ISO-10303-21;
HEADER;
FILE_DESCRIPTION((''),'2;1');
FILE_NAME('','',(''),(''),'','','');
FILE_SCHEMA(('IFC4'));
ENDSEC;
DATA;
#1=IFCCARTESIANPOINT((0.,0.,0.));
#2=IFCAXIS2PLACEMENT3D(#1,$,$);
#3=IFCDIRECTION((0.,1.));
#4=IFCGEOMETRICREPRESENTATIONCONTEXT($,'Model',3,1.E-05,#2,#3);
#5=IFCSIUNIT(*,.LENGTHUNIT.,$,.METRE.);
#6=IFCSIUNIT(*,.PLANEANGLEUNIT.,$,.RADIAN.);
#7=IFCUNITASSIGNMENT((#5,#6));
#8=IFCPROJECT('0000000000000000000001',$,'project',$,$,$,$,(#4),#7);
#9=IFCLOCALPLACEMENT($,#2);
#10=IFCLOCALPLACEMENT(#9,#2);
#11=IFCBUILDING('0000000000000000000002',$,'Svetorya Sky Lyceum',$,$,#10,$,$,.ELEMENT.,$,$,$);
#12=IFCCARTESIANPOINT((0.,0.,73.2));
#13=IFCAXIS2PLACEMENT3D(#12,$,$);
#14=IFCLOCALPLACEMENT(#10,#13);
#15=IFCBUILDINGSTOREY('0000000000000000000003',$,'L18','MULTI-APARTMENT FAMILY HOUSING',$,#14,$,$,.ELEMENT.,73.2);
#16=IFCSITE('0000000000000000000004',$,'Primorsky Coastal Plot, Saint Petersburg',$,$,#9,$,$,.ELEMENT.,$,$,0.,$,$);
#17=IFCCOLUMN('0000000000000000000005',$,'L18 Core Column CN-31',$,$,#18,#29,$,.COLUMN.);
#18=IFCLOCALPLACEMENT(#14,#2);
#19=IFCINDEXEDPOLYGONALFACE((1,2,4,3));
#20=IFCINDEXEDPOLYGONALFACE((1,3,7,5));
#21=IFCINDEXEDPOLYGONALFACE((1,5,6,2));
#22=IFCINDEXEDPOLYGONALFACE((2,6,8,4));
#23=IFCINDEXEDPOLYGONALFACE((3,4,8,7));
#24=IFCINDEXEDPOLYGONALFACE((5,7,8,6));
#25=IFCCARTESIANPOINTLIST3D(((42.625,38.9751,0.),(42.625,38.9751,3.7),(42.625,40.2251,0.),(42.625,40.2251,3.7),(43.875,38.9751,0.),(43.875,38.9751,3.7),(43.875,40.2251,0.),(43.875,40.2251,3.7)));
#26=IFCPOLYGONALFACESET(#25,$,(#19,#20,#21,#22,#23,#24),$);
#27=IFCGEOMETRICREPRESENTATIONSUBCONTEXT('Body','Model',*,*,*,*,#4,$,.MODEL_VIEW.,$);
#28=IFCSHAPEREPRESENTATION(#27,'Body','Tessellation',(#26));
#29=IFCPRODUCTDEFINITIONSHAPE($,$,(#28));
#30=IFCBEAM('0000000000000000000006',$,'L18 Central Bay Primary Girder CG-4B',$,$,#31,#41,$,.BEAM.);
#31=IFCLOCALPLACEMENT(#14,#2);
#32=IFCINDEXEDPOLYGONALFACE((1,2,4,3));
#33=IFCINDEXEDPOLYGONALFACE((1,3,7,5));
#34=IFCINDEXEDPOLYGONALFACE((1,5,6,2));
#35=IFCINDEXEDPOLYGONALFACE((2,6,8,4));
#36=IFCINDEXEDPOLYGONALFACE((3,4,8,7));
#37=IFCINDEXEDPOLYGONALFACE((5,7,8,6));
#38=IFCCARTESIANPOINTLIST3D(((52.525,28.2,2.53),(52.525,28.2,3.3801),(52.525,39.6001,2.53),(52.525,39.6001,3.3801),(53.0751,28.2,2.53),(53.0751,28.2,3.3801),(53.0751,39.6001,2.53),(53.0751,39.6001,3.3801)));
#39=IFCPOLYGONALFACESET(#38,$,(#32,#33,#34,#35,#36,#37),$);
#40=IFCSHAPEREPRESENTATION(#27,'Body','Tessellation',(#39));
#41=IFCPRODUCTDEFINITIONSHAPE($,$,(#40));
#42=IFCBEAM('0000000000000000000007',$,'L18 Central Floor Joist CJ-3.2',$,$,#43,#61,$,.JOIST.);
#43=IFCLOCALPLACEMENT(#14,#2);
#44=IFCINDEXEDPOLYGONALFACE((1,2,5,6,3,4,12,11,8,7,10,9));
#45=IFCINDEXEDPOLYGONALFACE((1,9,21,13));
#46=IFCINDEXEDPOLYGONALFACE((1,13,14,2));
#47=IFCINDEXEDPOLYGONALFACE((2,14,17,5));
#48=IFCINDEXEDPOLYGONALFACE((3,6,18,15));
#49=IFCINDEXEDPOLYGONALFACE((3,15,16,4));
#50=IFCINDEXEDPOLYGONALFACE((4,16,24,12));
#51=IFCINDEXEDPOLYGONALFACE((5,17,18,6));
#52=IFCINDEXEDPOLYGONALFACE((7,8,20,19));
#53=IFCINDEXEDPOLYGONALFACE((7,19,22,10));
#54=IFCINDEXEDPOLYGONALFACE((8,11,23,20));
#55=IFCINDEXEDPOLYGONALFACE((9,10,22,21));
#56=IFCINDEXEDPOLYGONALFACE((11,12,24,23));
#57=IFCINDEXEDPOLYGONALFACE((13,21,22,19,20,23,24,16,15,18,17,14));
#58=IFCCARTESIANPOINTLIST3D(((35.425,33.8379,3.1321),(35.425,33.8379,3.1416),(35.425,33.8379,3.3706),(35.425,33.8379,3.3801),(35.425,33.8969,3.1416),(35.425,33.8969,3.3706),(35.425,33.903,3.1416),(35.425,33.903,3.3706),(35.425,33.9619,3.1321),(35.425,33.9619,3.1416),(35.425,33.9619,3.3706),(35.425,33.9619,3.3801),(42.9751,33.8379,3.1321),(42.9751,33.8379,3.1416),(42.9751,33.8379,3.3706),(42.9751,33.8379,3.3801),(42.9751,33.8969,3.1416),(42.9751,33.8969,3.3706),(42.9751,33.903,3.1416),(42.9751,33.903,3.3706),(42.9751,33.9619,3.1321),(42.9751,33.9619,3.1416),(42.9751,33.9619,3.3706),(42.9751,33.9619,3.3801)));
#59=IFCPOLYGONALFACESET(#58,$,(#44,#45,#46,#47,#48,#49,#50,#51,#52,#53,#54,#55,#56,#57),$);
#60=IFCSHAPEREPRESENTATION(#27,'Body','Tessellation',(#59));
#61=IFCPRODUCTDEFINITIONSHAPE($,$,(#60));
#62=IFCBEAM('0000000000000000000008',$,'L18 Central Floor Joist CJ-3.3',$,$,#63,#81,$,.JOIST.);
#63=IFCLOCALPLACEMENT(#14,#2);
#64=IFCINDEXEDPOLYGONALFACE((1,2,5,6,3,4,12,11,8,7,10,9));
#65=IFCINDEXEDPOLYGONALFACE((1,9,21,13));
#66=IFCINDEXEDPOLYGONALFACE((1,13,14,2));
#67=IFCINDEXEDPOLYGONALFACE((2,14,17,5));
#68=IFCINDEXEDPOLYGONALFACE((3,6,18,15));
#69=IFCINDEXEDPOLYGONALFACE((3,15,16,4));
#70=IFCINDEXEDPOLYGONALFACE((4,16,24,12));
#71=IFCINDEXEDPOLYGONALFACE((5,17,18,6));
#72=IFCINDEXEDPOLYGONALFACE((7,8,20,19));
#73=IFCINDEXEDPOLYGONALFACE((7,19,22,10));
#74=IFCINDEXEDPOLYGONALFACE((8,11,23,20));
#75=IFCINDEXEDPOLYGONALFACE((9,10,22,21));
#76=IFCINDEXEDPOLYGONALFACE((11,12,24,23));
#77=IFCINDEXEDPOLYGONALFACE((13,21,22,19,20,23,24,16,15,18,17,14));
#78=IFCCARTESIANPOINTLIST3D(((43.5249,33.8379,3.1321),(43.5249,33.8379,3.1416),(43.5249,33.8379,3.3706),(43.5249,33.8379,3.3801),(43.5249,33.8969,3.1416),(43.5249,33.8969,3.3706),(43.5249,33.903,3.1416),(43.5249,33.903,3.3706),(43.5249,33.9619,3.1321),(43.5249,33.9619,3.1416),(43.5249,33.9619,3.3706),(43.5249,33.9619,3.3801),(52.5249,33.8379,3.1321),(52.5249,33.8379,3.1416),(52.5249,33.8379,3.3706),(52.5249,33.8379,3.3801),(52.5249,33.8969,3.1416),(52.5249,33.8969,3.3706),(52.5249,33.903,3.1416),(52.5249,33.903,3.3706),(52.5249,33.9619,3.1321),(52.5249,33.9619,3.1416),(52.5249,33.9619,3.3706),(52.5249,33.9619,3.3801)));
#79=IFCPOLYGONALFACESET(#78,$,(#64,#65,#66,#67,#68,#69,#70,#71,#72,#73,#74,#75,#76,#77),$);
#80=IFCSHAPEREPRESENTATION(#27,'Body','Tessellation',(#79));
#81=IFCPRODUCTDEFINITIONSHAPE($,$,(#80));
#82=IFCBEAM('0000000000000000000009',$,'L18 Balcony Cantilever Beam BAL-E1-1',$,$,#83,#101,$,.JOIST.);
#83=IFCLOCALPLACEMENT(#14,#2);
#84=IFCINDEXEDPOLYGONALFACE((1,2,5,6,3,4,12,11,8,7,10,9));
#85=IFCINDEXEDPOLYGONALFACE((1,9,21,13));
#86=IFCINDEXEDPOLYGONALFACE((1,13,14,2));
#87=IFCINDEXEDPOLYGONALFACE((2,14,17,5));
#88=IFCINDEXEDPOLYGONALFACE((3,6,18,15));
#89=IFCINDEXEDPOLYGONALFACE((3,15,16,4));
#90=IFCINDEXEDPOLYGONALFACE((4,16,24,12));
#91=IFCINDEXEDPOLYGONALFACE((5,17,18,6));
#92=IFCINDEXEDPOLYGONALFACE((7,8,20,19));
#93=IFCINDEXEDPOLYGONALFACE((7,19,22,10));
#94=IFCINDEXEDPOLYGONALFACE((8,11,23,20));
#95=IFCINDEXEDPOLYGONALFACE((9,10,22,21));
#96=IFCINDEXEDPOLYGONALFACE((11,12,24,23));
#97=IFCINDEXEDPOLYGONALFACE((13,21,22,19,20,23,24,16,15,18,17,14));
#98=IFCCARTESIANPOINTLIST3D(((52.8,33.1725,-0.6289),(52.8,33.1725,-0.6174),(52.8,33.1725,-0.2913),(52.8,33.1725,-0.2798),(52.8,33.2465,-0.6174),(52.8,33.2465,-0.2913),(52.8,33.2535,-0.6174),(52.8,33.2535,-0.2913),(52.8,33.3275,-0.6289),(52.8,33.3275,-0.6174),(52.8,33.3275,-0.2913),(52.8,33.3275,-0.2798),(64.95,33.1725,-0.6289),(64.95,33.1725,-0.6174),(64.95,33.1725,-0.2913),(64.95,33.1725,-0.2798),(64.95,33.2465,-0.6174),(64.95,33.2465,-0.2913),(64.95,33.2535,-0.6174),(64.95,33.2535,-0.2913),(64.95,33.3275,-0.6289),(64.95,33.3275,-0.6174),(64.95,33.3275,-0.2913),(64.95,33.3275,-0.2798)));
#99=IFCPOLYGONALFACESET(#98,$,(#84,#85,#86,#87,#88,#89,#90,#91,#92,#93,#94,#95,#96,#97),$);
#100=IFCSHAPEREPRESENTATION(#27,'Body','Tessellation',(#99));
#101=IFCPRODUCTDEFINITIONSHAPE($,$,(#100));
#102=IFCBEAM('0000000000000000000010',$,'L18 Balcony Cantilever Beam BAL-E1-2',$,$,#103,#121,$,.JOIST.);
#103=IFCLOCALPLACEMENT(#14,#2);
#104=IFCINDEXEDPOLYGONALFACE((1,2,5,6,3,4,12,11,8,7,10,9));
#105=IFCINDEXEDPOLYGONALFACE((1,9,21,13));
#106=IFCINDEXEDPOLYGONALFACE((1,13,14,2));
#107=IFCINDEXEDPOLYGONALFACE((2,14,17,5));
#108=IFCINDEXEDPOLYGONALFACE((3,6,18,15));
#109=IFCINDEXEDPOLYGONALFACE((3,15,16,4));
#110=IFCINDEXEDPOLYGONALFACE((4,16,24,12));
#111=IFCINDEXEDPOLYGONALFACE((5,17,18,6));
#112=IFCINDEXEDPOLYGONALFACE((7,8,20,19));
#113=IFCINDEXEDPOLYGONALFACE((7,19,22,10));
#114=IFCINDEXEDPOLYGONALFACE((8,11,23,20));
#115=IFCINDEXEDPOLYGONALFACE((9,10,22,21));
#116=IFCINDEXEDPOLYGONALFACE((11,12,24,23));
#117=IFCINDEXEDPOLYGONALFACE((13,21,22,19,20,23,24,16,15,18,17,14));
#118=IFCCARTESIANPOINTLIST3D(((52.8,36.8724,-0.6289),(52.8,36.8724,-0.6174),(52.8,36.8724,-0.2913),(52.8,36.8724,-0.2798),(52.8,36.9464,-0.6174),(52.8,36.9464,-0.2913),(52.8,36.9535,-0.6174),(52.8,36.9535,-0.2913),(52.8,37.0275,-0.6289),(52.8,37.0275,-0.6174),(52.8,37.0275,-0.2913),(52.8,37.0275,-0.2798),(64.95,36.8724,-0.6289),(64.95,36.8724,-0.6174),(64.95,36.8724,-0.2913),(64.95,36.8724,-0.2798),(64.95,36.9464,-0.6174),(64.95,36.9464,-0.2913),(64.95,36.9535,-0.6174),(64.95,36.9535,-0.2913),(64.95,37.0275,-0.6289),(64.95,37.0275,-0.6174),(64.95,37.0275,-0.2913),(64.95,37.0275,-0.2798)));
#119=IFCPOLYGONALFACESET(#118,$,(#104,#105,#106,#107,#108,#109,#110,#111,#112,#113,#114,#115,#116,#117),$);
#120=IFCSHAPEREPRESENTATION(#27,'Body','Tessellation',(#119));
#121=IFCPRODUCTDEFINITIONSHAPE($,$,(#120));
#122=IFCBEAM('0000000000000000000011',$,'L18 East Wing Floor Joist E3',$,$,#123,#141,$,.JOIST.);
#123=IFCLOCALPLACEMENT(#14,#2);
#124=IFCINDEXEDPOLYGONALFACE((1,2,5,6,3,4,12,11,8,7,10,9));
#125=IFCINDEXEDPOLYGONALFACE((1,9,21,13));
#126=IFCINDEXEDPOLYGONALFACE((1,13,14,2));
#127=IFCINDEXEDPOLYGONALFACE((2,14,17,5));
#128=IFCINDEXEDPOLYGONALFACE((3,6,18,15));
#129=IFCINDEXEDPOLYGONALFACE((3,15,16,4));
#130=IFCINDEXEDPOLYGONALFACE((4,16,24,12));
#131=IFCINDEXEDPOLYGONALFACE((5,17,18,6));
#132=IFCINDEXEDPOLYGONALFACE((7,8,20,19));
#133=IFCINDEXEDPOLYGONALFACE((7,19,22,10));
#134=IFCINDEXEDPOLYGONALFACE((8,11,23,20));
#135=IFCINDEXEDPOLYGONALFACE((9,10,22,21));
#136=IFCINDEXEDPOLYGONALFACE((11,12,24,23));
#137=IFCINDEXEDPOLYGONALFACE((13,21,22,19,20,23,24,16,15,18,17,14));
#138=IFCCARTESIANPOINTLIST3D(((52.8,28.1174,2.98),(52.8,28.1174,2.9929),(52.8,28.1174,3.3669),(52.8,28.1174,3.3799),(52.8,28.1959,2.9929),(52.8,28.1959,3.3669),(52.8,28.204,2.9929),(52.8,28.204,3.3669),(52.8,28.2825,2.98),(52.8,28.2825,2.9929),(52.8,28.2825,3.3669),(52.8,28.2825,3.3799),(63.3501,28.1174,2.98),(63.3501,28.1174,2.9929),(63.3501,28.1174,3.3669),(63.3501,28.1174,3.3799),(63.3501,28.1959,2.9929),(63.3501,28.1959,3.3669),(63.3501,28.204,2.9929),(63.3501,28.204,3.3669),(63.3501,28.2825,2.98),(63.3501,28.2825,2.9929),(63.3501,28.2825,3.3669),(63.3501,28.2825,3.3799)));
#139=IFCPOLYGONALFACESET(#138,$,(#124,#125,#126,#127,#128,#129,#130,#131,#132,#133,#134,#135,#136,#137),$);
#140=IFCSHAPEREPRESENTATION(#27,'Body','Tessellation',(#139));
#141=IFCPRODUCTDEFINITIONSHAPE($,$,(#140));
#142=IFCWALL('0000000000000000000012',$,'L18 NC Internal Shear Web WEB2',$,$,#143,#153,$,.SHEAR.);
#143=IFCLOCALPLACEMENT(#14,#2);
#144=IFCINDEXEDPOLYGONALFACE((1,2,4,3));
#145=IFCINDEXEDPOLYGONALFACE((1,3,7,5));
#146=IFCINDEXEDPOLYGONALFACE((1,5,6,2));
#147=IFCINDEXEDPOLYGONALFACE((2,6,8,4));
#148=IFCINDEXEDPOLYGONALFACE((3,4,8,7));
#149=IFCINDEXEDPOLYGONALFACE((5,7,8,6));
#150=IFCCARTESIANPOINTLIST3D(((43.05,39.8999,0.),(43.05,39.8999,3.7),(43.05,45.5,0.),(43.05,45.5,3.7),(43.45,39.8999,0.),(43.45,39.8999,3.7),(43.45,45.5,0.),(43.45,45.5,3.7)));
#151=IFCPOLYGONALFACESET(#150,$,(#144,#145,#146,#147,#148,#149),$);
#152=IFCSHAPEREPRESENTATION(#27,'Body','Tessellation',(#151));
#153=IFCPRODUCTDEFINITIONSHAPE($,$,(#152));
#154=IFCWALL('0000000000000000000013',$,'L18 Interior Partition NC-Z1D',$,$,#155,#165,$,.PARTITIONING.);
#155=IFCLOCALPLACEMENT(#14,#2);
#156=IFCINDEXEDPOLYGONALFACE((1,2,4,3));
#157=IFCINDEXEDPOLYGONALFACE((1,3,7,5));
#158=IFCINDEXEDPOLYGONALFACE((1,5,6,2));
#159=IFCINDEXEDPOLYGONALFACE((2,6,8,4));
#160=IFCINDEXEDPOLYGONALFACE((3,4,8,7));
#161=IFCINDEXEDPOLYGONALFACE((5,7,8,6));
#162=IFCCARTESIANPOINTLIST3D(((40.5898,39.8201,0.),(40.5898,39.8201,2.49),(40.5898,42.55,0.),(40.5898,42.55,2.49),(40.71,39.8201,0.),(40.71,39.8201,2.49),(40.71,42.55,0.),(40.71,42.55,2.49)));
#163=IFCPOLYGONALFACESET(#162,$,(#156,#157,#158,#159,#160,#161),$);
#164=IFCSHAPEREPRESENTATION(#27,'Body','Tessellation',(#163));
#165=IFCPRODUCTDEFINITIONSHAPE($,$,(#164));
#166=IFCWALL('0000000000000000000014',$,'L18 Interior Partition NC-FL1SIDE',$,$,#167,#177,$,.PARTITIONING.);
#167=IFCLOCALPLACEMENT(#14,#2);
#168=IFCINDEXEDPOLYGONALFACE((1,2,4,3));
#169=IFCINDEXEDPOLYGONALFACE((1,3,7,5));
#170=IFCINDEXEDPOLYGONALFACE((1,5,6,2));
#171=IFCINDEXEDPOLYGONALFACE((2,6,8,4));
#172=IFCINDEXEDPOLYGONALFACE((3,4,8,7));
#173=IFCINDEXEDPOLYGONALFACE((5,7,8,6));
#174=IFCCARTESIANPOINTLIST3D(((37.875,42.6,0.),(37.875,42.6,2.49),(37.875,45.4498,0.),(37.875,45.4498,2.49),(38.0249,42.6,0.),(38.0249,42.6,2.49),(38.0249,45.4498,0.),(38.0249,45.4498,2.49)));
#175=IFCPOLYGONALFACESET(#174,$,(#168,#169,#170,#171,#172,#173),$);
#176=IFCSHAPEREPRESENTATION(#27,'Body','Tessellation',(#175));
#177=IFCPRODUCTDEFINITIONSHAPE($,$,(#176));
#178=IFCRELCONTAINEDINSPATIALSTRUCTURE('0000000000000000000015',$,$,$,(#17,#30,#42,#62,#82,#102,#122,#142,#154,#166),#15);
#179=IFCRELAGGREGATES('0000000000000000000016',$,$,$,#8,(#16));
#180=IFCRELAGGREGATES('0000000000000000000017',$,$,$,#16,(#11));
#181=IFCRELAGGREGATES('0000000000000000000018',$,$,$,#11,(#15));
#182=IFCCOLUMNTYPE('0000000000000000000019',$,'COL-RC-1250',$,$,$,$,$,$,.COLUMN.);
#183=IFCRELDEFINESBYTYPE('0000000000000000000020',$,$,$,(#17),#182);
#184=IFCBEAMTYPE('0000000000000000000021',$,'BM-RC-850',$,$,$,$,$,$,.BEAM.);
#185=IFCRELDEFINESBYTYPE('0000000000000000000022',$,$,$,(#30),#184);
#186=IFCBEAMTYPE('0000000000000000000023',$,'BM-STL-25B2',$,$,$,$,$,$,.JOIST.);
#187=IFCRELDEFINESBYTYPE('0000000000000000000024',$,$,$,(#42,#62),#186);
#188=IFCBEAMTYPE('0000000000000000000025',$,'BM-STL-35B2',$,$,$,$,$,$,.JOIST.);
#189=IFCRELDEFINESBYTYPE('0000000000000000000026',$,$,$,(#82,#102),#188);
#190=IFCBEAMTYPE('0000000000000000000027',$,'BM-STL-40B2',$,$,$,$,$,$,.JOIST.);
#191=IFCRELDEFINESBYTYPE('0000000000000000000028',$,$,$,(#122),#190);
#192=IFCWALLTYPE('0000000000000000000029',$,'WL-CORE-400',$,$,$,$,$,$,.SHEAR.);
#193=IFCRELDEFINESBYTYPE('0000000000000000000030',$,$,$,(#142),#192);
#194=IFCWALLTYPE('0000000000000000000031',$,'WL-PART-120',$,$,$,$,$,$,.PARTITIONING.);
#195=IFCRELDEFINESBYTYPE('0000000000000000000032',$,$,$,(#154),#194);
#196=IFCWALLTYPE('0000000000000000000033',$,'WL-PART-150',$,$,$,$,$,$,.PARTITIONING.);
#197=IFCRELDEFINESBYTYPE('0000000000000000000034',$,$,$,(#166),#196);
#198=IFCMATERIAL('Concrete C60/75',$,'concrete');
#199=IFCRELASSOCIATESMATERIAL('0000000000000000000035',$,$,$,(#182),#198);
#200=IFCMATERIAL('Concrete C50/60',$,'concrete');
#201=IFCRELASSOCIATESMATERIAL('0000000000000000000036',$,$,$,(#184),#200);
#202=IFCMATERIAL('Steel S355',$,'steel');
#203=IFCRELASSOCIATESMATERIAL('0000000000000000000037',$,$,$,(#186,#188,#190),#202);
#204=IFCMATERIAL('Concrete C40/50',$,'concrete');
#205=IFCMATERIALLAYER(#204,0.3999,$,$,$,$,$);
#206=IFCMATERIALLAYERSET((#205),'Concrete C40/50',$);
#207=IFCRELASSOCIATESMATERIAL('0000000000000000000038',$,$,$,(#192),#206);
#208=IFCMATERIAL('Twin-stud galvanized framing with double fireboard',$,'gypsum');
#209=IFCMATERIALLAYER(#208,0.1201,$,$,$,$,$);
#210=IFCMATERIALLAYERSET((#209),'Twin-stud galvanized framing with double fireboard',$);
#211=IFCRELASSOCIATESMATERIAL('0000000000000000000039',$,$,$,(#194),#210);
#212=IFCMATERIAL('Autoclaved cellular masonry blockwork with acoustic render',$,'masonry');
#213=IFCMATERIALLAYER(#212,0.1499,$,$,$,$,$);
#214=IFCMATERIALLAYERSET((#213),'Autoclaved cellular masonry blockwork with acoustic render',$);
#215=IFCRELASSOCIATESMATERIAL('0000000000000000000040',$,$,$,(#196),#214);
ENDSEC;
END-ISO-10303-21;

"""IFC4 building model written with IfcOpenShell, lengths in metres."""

from ifc_helpers import new_model, si_unit, direction, frame, frame_2d, origin, origin_2d, place, context, subcontext, project, spatial, rectangle, i_section, extrude, material, layer, layer_set, material_profile, profile_set, type_object, element, save


model = new_model("IFC4")

# Units and contexts
model_context = context("Model", 3, precision=1e-05, world=origin(), true_north=direction((0.0, 1.0)))
body_context = subcontext(model_context, "Body", "Model", "MODEL_VIEW")
ifc_project = project(units=[si_unit("LENGTHUNIT", "METRE"), si_unit("PLANEANGLEUNIT", "RADIAN")], contexts=[model_context])

# Site, building, storey
site_placement = place(None, origin())
site = spatial("IfcSite", under=ifc_project, at=site_placement, Name="Primorsky Coastal Plot, Saint Petersburg", CompositionType="ELEMENT", RefElevation=0.0)
building_placement = place(site_placement, origin())
building = spatial("IfcBuilding", under=site, at=building_placement, Name="Svetorya Sky Lyceum", CompositionType="ELEMENT")
storey_placement = place(building_placement, frame((0.0, 0.0, 73.2)))
storey = spatial("IfcBuildingStorey", under=building, at=storey_placement, Name="L18", Description="MULTI-APARTMENT FAMILY HOUSING", CompositionType="ELEMENT", Elevation=73.2)

# Column
ifc_material_1 = material(Name="Concrete C60/75", Category="concrete")
ifc_material_profile_1 = material_profile(ifc_material_1, rectangle(XDim=1.25, YDim=1.25, at=origin_2d()), Name="RC COL 1250x1250")
ifc_profile_set_1 = profile_set([ifc_material_profile_1], Name="Concrete C60/75")
column_type = type_object("IfcColumnType", Name="COL-RC-1250", PredefinedType="COLUMN", material=ifc_profile_set_1)
column_placement = place(storey_placement, frame((43.25, 39.6001, 0.0), z_axis=(0.0, 0.0, 1.0), x_axis=(1.0, 0.0, 0.0)))
element("IfcColumn", 1, at=column_placement, inside=storey, type_object=column_type, Name="L18 Core Column CN-31", PredefinedType="COLUMN", context=body_context, shape_type="SweptSolid", body=[
    extrude(rectangle(XDim=1.25, YDim=1.25, at=origin_2d()), origin(), (0.0, 0.0, 1.0), 3.7),
])

# Beams
ifc_material_2 = material(Name="Concrete C50/60", Category="concrete")
ifc_material_profile_2 = material_profile(ifc_material_2, rectangle(XDim=0.55, YDim=0.8501, at=origin_2d()), Name="RC BEAM 550x850")
ifc_profile_set_2 = profile_set([ifc_material_profile_2], Name="Concrete C50/60")
beam_type_1 = type_object("IfcBeamType", Name="BM-RC-850", PredefinedType="BEAM", material=ifc_profile_set_2)
beam_1_placement = place(storey_placement, frame((52.8, 28.2, 2.9551), z_axis=(0.0, 1.0, 0.0), x_axis=(-1.0, 0.0, 0.0)))
element("IfcBeam", 2, at=beam_1_placement, inside=storey, type_object=beam_type_1, Name="L18 Central Bay Primary Girder CG-4B", PredefinedType="BEAM", context=body_context, shape_type="SweptSolid", body=[
    extrude(rectangle(XDim=0.55, YDim=0.8501, at=origin_2d()), origin(), (0.0, 0.0, 1.0), 11.4001),
])
ifc_material_3 = material(Name="Steel S355", Category="steel")
ifc_material_profile_3 = material_profile(ifc_material_3, i_section(OverallWidth=0.124, OverallDepth=0.248, WebThickness=0.0061, FlangeThickness=0.0095, at=origin_2d()), Name="GOST 25B2")
ifc_profile_set_3 = profile_set([ifc_material_profile_3], Name="Steel S355")
beam_type_2 = type_object("IfcBeamType", Name="BM-STL-25B2", PredefinedType="JOIST", material=ifc_profile_set_3)
beam_2_placement = place(storey_placement, frame((35.425, 33.8999, 3.2561), z_axis=(1.0, 0.0, 0.0), x_axis=(0.0, 1.0, 0.0)))
element("IfcBeam", 3, at=beam_2_placement, inside=storey, type_object=beam_type_2, Name="L18 Central Floor Joist CJ-3.2", PredefinedType="JOIST", context=body_context, shape_type="SweptSolid", body=[
    extrude(i_section(OverallWidth=0.124, OverallDepth=0.248, WebThickness=0.0061, FlangeThickness=0.0095, at=origin_2d()), origin(), (0.0, 0.0, 1.0), 7.55),
])
beam_3_placement = place(storey_placement, frame((43.5249, 33.8999, 3.2561), z_axis=(1.0, 0.0, 0.0), x_axis=(0.0, 1.0, 0.0)))
element("IfcBeam", 4, at=beam_3_placement, inside=storey, type_object=beam_type_2, Name="L18 Central Floor Joist CJ-3.3", PredefinedType="JOIST", context=body_context, shape_type="SweptSolid", body=[
    extrude(i_section(OverallWidth=0.124, OverallDepth=0.248, WebThickness=0.0061, FlangeThickness=0.0095, at=origin_2d()), origin(), (0.0, 0.0, 1.0), 9.0),
])
ifc_material_profile_4 = material_profile(ifc_material_3, i_section(OverallWidth=0.155, OverallDepth=0.3491, WebThickness=0.0071, FlangeThickness=0.0115, at=origin_2d()), Name="GOST 35B2")
ifc_profile_set_4 = profile_set([ifc_material_profile_4], Name="Steel S355")
beam_type_3 = type_object("IfcBeamType", Name="BM-STL-35B2", PredefinedType="JOIST", material=ifc_profile_set_4)
for number, where, z_axis, x_axis, name in (
    (5, (52.8, 33.25, -0.4543), (1.0, 0.0, 0.0), (0.0, 1.0, 0.0), "L18 Balcony Cantilever Beam BAL-E1-1"),
    (6, (52.8, 36.95, -0.4543), (1.0, 0.0, 0.0), (0.0, 1.0, 0.0), "L18 Balcony Cantilever Beam BAL-E1-2"),
):
    element("IfcBeam", number, at=place(storey_placement, frame(where, z_axis=z_axis, x_axis=x_axis)), inside=storey, type_object=beam_type_3, Name=name, PredefinedType="JOIST", context=body_context, shape_type="SweptSolid", body=[
        extrude(i_section(OverallWidth=0.155, OverallDepth=0.3491, WebThickness=0.0071, FlangeThickness=0.0115, at=origin_2d()), origin(), (0.0, 0.0, 1.0), 12.1499),
    ])
ifc_material_profile_5 = material_profile(ifc_material_3, i_section(OverallWidth=0.165, OverallDepth=0.3999, WebThickness=0.0081, FlangeThickness=0.0129, at=origin_2d()), Name="GOST 40B2")
ifc_profile_set_5 = profile_set([ifc_material_profile_5], Name="Steel S355")
beam_type_4 = type_object("IfcBeamType", Name="BM-STL-40B2", PredefinedType="JOIST", material=ifc_profile_set_5)
beam_4_placement = place(storey_placement, frame((52.8, 28.2, 3.1799), z_axis=(1.0, 0.0, 0.0), x_axis=(0.0, 1.0, 0.0)))
element("IfcBeam", 7, at=beam_4_placement, inside=storey, type_object=beam_type_4, Name="L18 East Wing Floor Joist E3", PredefinedType="JOIST", context=body_context, shape_type="SweptSolid", body=[
    extrude(i_section(OverallWidth=0.165, OverallDepth=0.3999, WebThickness=0.0081, FlangeThickness=0.0129, at=origin_2d()), origin(), (0.0, 0.0, 1.0), 10.55),
])

# Wall
ifc_material_4 = material(Name="Concrete C40/50", Category="concrete")
ifc_layer_1 = layer(ifc_material_4, 0.3999)
ifc_layer_set_1 = layer_set([ifc_layer_1], Name="Concrete C40/50")
wall_type_1 = type_object("IfcWallType", Name="WL-CORE-400", PredefinedType="SHEAR", material=ifc_layer_set_1)
wall_1_placement = place(storey_placement, frame((43.25, 39.8999, 0.0), z_axis=(0.0, 0.0, 1.0), x_axis=(0.0, 1.0, 0.0)))
element("IfcWall", 8, at=wall_1_placement, inside=storey, type_object=wall_type_1, Name="L18 NC Internal Shear Web WEB2", PredefinedType="SHEAR", context=body_context, shape_type="SweptSolid", body=[
    extrude(rectangle(XDim=5.6001, YDim=0.3999, at=frame_2d((2.8, 0.0))), origin(), (0.0, 0.0, 1.0), 3.7),
])

# Walls
ifc_material_5 = material(Name="Twin-stud galvanized framing with double fireboard", Category="gypsum")
ifc_layer_2 = layer(ifc_material_5, 0.1201)
ifc_layer_set_2 = layer_set([ifc_layer_2], Name="Twin-stud galvanized framing with double fireboard")
wall_type_2 = type_object("IfcWallType", Name="WL-PART-120", PredefinedType="PARTITIONING", material=ifc_layer_set_2)
wall_2_placement = place(storey_placement, frame((40.6499, 39.8201, 0.0), z_axis=(0.0, 0.0, 1.0), x_axis=(0.0, 1.0, 0.0)))
element("IfcWall", 9, at=wall_2_placement, inside=storey, type_object=wall_type_2, Name="L18 Interior Partition NC-Z1D", PredefinedType="PARTITIONING", context=body_context, shape_type="SweptSolid", body=[
    extrude(rectangle(XDim=2.73, YDim=0.1201, at=frame_2d((1.365, 0.0))), origin(), (0.0, 0.0, 1.0), 2.49),
])
ifc_material_6 = material(Name="Autoclaved cellular masonry blockwork with acoustic render", Category="masonry")
ifc_layer_3 = layer(ifc_material_6, 0.1499)
ifc_layer_set_3 = layer_set([ifc_layer_3], Name="Autoclaved cellular masonry blockwork with acoustic render")
wall_type_3 = type_object("IfcWallType", Name="WL-PART-150", PredefinedType="PARTITIONING", material=ifc_layer_set_3)
wall_3_placement = place(storey_placement, frame((37.95, 42.6001, 0.0), z_axis=(0.0, 0.0, 1.0), x_axis=(0.0, 1.0, 0.0)))
element("IfcWall", 10, at=wall_3_placement, inside=storey, type_object=wall_type_3, Name="L18 Interior Partition NC-FL1SIDE", PredefinedType="PARTITIONING", context=body_context, shape_type="SweptSolid", body=[
    extrude(rectangle(XDim=2.8499, YDim=0.1499, at=frame_2d((1.4248, 0.0))), origin(), (0.0, 0.0, 1.0), 2.49),
])

save(model, "model.ifc")
